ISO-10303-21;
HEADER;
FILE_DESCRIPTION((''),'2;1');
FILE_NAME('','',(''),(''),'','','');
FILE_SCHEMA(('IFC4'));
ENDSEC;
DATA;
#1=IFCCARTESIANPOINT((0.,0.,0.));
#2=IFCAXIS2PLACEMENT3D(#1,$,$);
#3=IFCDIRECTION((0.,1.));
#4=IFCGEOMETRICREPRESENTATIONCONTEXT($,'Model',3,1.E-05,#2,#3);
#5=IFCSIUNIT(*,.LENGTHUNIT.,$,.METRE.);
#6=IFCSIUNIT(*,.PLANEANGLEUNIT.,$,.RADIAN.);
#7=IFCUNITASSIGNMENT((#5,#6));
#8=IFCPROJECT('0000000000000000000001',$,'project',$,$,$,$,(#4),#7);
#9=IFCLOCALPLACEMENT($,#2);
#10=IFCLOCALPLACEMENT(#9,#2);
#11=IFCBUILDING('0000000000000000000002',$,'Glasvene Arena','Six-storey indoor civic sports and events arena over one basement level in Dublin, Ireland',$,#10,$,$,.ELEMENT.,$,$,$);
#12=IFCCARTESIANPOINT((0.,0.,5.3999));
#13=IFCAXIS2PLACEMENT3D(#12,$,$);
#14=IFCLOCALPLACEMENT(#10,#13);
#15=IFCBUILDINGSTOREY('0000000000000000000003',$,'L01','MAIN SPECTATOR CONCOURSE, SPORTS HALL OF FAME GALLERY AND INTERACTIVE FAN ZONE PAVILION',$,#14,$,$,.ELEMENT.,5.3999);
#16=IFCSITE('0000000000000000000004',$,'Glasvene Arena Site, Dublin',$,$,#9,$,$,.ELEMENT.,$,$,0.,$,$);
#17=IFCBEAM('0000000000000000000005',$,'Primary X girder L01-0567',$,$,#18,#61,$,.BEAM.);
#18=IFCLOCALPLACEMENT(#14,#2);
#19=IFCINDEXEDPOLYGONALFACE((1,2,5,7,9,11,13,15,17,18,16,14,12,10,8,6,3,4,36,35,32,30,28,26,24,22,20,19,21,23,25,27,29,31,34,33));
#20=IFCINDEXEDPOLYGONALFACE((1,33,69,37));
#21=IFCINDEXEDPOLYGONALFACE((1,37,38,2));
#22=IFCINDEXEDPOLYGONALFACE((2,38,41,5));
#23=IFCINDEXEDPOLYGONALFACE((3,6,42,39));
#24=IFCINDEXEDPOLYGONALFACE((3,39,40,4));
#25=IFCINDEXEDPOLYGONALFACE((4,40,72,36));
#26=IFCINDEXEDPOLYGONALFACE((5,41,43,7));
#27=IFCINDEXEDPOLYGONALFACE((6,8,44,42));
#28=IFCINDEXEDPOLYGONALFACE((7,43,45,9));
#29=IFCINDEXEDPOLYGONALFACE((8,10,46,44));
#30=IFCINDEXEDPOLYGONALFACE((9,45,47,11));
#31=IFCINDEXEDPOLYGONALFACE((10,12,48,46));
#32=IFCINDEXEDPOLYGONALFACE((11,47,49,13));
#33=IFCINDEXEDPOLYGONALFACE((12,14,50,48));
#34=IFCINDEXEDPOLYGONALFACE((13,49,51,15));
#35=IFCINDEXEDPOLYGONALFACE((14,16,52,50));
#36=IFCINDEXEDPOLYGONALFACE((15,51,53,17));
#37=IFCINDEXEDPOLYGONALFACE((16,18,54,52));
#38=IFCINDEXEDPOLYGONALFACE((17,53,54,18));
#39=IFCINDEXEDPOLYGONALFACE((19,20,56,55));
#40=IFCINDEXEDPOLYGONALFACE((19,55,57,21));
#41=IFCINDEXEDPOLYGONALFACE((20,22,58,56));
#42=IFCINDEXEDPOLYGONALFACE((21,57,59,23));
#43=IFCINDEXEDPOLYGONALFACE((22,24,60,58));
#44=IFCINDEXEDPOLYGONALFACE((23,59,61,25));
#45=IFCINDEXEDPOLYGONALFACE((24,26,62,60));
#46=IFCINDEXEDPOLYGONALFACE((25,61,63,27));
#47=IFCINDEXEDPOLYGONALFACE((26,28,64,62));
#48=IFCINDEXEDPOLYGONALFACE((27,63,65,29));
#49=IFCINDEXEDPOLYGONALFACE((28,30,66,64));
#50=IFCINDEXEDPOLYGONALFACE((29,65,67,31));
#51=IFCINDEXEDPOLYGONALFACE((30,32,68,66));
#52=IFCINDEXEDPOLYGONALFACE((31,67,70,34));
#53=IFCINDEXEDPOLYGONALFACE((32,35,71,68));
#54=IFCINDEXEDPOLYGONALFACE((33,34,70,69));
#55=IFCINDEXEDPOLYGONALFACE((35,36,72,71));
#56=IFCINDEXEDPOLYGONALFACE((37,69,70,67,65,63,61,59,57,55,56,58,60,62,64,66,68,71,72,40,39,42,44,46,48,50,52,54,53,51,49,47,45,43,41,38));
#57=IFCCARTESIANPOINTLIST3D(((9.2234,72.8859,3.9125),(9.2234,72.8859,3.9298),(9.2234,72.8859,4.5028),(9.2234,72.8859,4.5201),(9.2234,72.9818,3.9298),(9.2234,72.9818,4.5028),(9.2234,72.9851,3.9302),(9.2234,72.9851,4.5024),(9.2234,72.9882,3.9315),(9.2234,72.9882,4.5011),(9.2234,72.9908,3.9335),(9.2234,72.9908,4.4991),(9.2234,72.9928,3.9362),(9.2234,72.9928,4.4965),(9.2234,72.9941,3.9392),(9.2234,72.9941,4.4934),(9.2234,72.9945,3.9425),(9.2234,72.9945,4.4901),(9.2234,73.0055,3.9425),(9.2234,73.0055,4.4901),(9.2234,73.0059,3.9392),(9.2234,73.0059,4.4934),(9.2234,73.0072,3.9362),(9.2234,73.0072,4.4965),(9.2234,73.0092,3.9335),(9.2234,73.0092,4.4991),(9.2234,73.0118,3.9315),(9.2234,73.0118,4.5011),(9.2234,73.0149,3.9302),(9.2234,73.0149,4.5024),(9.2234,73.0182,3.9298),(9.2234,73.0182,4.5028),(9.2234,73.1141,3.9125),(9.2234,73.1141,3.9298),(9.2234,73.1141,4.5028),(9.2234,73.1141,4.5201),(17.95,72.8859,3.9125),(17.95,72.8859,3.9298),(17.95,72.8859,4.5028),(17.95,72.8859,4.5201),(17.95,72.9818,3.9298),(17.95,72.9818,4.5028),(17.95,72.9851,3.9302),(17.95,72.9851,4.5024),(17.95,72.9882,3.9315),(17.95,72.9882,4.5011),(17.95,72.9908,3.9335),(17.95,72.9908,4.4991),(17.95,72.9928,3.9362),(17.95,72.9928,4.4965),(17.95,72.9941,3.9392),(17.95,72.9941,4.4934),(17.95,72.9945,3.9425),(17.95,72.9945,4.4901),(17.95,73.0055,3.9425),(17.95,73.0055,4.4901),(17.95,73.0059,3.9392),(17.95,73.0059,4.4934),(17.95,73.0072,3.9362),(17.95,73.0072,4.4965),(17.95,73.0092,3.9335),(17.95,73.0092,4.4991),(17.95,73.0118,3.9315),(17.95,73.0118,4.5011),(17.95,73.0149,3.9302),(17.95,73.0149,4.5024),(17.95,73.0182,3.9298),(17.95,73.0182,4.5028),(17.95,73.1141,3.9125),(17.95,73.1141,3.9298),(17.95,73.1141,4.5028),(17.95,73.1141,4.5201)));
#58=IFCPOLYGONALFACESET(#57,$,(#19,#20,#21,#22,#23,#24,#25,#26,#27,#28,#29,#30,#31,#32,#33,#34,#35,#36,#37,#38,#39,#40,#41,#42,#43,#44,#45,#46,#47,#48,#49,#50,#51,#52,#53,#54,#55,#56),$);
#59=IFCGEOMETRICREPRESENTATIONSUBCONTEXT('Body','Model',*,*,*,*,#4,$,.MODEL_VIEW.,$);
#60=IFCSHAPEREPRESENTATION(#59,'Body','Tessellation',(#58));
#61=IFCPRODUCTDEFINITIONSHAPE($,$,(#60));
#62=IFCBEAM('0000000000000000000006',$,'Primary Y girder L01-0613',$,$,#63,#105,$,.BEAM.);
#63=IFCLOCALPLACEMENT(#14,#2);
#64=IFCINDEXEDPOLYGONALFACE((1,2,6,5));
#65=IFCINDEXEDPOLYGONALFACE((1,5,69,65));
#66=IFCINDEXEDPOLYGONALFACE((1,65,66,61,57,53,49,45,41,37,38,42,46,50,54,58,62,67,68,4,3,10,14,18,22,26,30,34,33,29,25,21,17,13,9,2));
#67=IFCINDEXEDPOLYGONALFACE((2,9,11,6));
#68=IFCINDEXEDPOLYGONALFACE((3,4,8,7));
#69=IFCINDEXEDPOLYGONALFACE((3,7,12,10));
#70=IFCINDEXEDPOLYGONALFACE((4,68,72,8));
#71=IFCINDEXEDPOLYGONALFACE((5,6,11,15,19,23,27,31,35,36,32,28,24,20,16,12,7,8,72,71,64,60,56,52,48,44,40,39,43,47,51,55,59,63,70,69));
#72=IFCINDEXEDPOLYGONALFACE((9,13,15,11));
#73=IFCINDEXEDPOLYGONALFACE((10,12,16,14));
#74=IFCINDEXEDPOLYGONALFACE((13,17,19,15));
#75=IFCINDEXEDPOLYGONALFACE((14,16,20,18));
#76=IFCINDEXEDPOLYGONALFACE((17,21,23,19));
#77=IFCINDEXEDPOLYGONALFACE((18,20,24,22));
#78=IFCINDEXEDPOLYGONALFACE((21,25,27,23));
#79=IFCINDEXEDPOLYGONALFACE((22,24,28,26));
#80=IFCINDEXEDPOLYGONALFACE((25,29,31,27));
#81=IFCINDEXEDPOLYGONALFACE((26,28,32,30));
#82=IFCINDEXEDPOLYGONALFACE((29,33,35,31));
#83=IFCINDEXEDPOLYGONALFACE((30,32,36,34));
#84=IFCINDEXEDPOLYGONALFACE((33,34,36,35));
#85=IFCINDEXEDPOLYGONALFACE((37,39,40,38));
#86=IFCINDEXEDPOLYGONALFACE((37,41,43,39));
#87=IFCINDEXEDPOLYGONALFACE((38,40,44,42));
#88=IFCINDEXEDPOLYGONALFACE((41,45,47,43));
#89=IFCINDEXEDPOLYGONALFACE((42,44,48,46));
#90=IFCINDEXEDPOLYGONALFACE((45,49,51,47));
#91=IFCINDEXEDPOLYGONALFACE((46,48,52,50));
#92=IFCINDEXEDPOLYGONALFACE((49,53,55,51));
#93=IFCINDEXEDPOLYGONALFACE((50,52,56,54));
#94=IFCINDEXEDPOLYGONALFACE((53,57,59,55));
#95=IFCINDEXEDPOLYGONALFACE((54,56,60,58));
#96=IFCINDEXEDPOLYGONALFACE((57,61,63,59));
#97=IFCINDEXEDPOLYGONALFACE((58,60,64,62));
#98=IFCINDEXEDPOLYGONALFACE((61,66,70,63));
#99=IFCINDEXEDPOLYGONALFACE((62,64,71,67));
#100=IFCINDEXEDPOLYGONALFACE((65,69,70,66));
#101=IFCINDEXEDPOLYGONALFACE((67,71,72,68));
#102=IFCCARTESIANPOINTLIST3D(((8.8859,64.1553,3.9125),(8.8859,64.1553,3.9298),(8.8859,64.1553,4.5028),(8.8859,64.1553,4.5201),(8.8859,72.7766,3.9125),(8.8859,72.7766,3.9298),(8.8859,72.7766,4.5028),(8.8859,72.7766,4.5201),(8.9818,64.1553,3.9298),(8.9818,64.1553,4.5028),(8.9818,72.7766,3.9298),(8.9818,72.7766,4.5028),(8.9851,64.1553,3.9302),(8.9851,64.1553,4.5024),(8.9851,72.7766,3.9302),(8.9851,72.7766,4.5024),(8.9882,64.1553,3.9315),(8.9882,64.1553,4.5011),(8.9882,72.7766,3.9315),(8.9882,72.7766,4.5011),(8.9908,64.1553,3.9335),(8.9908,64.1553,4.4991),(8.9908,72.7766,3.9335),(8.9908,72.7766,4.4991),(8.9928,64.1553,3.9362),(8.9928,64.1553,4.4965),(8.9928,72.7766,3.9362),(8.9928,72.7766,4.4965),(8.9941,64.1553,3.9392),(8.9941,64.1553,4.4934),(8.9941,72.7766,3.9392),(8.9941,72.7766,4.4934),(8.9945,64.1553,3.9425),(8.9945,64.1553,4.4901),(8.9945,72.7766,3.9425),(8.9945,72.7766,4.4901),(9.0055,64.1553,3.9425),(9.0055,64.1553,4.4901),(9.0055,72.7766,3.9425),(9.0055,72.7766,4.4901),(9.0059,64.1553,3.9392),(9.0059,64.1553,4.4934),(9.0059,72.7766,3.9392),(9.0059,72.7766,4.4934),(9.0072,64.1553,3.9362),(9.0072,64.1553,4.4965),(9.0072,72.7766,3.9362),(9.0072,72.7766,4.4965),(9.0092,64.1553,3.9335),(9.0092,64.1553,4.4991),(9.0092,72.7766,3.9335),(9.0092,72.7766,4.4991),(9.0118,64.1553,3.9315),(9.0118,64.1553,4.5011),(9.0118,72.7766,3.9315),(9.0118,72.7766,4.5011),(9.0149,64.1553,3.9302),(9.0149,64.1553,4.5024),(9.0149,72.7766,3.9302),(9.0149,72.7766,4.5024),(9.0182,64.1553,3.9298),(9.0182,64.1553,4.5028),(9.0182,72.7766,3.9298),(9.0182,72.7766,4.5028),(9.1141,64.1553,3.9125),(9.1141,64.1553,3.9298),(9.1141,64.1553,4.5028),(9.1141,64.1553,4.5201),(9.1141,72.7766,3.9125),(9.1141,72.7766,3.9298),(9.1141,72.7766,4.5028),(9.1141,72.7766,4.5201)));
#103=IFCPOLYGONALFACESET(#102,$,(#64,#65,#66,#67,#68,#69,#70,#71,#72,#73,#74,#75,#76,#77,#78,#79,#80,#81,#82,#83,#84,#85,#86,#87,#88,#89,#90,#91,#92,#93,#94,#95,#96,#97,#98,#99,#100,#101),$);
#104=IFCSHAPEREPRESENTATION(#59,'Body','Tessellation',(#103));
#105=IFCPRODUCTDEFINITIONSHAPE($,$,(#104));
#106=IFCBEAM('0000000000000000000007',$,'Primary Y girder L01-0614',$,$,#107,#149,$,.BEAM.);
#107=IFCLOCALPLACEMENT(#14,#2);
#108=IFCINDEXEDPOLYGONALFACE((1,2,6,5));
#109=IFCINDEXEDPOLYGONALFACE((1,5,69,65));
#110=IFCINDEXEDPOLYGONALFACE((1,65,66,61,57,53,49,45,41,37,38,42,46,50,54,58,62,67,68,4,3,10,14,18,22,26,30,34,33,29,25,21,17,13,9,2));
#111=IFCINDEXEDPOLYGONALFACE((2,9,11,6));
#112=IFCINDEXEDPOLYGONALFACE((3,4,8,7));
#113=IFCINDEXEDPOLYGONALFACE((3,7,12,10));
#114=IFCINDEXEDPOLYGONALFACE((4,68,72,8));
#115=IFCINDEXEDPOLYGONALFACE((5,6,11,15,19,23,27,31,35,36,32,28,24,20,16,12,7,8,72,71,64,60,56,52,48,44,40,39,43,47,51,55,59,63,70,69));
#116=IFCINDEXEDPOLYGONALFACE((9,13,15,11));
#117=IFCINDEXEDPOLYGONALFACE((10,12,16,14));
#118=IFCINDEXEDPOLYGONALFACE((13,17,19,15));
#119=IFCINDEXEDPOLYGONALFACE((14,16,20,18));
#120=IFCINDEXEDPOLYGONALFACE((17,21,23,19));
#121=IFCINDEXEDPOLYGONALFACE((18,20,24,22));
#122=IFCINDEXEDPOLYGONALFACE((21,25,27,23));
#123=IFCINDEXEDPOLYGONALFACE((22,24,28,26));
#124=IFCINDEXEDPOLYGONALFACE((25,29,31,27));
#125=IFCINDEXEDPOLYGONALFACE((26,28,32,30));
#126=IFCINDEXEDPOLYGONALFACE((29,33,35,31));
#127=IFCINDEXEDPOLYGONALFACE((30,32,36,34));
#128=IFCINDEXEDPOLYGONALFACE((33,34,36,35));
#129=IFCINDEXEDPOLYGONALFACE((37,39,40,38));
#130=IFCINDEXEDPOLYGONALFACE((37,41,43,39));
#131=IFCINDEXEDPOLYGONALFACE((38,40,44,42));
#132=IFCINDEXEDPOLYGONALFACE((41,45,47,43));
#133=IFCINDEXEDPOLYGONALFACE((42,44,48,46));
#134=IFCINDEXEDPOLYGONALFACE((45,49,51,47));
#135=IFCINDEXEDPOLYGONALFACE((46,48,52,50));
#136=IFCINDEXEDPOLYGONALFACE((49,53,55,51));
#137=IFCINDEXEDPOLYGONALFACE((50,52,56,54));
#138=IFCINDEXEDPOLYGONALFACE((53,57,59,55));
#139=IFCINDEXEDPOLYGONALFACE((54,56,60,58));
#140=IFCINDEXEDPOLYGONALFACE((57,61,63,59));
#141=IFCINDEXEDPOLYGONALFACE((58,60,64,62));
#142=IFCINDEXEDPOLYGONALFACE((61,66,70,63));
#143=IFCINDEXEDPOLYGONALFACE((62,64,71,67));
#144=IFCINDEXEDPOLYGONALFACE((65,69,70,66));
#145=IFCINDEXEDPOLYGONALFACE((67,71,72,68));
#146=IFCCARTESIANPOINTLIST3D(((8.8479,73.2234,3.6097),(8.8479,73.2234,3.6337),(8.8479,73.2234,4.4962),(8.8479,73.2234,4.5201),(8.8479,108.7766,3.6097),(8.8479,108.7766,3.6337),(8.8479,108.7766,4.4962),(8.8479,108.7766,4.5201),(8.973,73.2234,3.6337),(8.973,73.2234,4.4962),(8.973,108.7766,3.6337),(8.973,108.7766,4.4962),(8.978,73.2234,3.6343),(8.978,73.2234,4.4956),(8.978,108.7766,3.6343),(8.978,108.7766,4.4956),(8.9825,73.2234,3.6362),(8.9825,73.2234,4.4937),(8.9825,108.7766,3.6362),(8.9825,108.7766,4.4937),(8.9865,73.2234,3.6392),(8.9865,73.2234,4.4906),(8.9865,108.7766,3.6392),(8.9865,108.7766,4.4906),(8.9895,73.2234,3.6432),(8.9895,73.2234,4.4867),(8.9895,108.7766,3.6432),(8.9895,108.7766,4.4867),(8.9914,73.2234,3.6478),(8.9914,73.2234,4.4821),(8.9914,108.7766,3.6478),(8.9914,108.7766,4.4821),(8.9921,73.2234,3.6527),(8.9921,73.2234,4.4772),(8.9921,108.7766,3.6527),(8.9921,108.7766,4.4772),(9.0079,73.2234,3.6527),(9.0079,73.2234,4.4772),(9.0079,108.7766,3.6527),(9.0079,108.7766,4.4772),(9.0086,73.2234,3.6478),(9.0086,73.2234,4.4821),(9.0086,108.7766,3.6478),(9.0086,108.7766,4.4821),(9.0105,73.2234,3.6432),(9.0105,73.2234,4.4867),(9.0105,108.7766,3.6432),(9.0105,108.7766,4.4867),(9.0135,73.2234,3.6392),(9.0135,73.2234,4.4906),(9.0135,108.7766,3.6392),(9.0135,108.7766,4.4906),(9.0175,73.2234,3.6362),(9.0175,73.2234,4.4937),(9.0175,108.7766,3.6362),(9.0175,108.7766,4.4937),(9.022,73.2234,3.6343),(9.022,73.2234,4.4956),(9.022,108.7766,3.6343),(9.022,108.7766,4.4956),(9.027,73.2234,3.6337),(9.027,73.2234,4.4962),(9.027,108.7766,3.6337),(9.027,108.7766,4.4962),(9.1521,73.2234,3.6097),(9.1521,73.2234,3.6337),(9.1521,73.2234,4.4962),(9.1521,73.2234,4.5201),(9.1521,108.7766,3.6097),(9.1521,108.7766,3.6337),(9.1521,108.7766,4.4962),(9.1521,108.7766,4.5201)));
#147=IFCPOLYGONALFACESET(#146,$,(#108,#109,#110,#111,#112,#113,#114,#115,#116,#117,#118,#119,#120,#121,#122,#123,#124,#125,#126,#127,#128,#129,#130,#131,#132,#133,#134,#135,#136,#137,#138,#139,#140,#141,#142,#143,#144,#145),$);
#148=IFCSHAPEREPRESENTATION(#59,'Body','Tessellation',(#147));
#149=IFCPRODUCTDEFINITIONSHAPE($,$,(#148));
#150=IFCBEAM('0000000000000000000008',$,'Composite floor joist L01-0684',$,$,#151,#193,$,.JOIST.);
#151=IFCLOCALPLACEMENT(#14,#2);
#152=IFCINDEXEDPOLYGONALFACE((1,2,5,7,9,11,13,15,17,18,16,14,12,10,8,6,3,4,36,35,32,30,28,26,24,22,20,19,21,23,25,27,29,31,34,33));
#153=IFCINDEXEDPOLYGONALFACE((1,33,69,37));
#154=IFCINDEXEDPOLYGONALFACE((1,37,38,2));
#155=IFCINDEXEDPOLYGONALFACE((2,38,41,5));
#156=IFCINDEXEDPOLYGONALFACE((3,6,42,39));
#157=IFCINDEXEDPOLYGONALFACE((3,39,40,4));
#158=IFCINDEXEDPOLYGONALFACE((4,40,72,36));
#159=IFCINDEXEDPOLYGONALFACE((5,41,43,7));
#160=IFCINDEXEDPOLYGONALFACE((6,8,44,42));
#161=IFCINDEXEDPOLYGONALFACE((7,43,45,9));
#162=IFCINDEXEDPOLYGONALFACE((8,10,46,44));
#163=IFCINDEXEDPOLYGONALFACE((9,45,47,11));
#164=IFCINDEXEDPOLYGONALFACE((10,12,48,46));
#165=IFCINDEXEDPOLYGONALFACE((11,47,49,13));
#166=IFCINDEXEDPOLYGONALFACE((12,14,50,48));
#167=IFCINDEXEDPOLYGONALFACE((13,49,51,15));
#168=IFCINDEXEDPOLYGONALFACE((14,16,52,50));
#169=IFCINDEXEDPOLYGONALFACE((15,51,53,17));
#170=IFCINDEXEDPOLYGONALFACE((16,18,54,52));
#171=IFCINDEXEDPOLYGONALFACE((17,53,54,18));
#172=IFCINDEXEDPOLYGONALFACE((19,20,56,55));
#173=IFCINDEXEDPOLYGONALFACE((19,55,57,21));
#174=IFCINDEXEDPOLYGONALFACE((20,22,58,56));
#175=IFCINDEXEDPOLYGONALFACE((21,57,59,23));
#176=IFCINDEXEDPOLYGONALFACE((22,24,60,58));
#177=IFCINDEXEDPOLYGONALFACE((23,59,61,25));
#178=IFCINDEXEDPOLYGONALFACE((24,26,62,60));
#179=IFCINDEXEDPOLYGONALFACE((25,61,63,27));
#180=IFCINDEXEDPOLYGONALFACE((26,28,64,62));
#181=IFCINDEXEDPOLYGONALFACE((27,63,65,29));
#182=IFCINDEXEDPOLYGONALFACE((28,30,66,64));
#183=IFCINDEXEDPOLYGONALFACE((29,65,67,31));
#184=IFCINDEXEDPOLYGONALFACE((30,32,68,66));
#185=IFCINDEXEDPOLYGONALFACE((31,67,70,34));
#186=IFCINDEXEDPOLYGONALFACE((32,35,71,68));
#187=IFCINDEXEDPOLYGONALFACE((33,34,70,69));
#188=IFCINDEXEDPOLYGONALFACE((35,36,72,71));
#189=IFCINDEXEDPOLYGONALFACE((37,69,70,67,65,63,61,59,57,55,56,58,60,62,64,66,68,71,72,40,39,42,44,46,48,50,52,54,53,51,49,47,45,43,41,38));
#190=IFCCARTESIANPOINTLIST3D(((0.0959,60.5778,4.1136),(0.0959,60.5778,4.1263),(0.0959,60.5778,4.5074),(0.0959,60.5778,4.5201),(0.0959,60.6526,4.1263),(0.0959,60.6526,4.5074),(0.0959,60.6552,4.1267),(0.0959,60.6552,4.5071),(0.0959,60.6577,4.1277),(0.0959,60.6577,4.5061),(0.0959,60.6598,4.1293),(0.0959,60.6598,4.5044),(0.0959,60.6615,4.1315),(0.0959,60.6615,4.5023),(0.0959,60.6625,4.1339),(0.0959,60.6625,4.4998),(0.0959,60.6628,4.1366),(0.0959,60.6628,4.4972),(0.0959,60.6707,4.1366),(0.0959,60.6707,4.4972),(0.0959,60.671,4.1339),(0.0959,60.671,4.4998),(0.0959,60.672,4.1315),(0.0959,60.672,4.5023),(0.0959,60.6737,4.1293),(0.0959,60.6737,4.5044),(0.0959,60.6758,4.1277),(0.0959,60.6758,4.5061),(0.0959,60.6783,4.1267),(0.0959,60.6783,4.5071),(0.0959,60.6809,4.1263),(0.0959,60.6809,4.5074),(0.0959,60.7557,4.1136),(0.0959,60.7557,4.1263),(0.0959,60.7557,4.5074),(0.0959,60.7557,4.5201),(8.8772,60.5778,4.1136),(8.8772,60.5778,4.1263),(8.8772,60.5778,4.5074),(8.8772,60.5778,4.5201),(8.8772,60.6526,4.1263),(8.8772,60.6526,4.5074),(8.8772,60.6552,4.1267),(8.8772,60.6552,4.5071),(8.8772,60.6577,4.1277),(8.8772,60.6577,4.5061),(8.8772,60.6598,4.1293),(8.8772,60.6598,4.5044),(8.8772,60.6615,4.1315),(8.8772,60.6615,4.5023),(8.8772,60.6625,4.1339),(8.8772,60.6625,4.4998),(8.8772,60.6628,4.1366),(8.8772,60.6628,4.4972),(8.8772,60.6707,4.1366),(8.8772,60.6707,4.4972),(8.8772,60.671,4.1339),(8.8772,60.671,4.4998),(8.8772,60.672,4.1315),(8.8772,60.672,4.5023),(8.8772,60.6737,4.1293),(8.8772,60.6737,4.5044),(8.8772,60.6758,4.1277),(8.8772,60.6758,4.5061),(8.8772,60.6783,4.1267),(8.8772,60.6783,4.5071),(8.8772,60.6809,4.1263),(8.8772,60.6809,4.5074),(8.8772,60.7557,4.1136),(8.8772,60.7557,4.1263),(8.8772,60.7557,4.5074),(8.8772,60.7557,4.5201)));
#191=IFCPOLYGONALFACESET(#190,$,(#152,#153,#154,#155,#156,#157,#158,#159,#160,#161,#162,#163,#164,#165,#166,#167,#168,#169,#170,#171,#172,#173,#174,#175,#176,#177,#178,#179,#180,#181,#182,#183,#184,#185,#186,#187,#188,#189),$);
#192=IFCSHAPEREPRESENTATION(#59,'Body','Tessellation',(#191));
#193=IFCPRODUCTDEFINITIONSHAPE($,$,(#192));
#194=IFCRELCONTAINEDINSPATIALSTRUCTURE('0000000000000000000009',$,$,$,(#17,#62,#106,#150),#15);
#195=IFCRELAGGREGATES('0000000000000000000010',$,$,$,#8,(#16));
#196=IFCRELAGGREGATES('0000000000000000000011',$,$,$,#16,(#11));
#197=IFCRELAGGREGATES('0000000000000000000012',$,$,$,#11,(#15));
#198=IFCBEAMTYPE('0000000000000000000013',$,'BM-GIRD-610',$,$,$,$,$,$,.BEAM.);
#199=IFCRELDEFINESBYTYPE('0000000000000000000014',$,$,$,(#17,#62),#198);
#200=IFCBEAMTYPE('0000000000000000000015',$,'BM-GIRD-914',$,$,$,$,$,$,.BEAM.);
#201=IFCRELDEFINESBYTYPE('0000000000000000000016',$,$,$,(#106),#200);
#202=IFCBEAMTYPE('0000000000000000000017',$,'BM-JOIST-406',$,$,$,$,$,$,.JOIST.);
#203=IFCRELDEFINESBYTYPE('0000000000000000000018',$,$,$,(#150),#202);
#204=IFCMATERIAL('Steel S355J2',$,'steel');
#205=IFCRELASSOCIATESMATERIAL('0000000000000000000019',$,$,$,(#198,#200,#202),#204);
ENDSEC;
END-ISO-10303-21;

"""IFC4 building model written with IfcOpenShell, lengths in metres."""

from ifc_helpers import new_model, si_unit, direction, frame, origin, origin_2d, place, context, subcontext, project, spatial, i_section, extrude, material, material_profile, profile_set, type_object, element, save


model = new_model("IFC4")

# Units and contexts
model_context = context("Model", 3, precision=1e-05, world=origin(), true_north=direction((0.0, 1.0)))
body_context = subcontext(model_context, "Body", "Model", "MODEL_VIEW")
ifc_project = project(units=[si_unit("LENGTHUNIT", "METRE"), si_unit("PLANEANGLEUNIT", "RADIAN")], contexts=[model_context])

# Site, building, storey
site_placement = place(None, origin())
site = spatial("IfcSite", under=ifc_project, at=site_placement, Name="Glasvene Arena Site, Dublin", CompositionType="ELEMENT", RefElevation=0.0)
building_placement = place(site_placement, origin())
building = spatial("IfcBuilding", under=site, at=building_placement, Name="Glasvene Arena", Description="Six-storey indoor civic sports and events arena over one basement level in Dublin, Ireland", CompositionType="ELEMENT")
storey_placement = place(building_placement, frame((0.0, 0.0, 5.3999)))
storey = spatial("IfcBuildingStorey", under=building, at=storey_placement, Name="L01", Description="MAIN SPECTATOR CONCOURSE, SPORTS HALL OF FAME GALLERY AND INTERACTIVE FAN ZONE PAVILION", CompositionType="ELEMENT", Elevation=5.3999)

# Shared definitions
ifc_material_1 = material(Name="Steel S355J2", Category="steel")

# Beams
ifc_material_profile_1 = material_profile(ifc_material_1, i_section(OverallWidth=0.2283, OverallDepth=0.6077, WebThickness=0.011, FlangeThickness=0.0173, FilletRadius=0.0127, at=origin_2d()), Name="UKB 610x229x113")
ifc_profile_set_1 = profile_set([ifc_material_profile_1], Name="Steel S355J2")
beam_type_1 = type_object("IfcBeamType", Name="BM-GIRD-610", PredefinedType="BEAM", material=ifc_profile_set_1)
for number, where, z_axis, x_axis, name in (
    (1, (9.2234, 73.0, 4.2163), (1.0, 0.0, 0.0), (0.0, 1.0, 0.0), "Primary X girder L01-0567"),
):
    element("IfcBeam", number, at=place(storey_placement, frame(where, z_axis=z_axis, x_axis=x_axis)), inside=storey, type_object=beam_type_1, Name=name, PredefinedType="BEAM", context=body_context, shape_type="SweptSolid", body=[
        extrude(i_section(OverallWidth=0.2283, OverallDepth=0.6077, WebThickness=0.011, FlangeThickness=0.0173, FilletRadius=0.0127, at=origin_2d()), origin(), (0.0, 0.0, 1.0), 8.7266),
    ])
beam_1_placement = place(storey_placement, frame((9.0, 64.1553, 4.2163), z_axis=(0.0, 1.0, 0.0), x_axis=(-1.0, 0.0, 0.0)))
element("IfcBeam", 2, at=beam_1_placement, inside=storey, type_object=beam_type_1, Name="Primary Y girder L01-0613", PredefinedType="BEAM", context=body_context, shape_type="SweptSolid", body=[
    extrude(i_section(OverallWidth=0.2283, OverallDepth=0.6077, WebThickness=0.011, FlangeThickness=0.0173, FilletRadius=0.0127, at=origin_2d()), origin(), (0.0, 0.0, 1.0), 8.6213),
])
ifc_material_profile_2 = material_profile(ifc_material_1, i_section(OverallWidth=0.3042, OverallDepth=0.9104, WebThickness=0.0159, FlangeThickness=0.0239, FilletRadius=0.019, at=origin_2d()), Name="UKB 914x305x224")
ifc_profile_set_2 = profile_set([ifc_material_profile_2], Name="Steel S355J2")
beam_type_2 = type_object("IfcBeamType", Name="BM-GIRD-914", PredefinedType="BEAM", material=ifc_profile_set_2)
beam_2_placement = place(storey_placement, frame((9.0, 73.2234, 4.0649), z_axis=(0.0, 1.0, 0.0), x_axis=(-1.0, 0.0, 0.0)))
element("IfcBeam", 3, at=beam_2_placement, inside=storey, type_object=beam_type_2, Name="Primary Y girder L01-0614", PredefinedType="BEAM", context=body_context, shape_type="SweptSolid", body=[
    extrude(i_section(OverallWidth=0.3042, OverallDepth=0.9104, WebThickness=0.0159, FlangeThickness=0.0239, FilletRadius=0.019, at=origin_2d()), origin(), (0.0, 0.0, 1.0), 35.5532),
])
ifc_material_profile_3 = material_profile(ifc_material_1, i_section(OverallWidth=0.178, OverallDepth=0.4065, WebThickness=0.0078, FlangeThickness=0.0127, FilletRadius=0.0103, at=origin_2d()), Name="UKB 406x178x60")
ifc_profile_set_3 = profile_set([ifc_material_profile_3], Name="Steel S355J2")
beam_type_3 = type_object("IfcBeamType", Name="BM-JOIST-406", PredefinedType="JOIST", material=ifc_profile_set_3)
beam_3_placement = place(storey_placement, frame((0.0959, 60.6667, 4.3169), z_axis=(1.0, 0.0, 0.0), x_axis=(0.0, 1.0, 0.0)))
element("IfcBeam", 4, at=beam_3_placement, inside=storey, type_object=beam_type_3, Name="Composite floor joist L01-0684", PredefinedType="JOIST", context=body_context, shape_type="SweptSolid", body=[
    extrude(i_section(OverallWidth=0.178, OverallDepth=0.4065, WebThickness=0.0078, FlangeThickness=0.0127, FilletRadius=0.0103, at=origin_2d()), origin(), (0.0, 0.0, 1.0), 8.7812),
])

save(model, "model.ifc")
